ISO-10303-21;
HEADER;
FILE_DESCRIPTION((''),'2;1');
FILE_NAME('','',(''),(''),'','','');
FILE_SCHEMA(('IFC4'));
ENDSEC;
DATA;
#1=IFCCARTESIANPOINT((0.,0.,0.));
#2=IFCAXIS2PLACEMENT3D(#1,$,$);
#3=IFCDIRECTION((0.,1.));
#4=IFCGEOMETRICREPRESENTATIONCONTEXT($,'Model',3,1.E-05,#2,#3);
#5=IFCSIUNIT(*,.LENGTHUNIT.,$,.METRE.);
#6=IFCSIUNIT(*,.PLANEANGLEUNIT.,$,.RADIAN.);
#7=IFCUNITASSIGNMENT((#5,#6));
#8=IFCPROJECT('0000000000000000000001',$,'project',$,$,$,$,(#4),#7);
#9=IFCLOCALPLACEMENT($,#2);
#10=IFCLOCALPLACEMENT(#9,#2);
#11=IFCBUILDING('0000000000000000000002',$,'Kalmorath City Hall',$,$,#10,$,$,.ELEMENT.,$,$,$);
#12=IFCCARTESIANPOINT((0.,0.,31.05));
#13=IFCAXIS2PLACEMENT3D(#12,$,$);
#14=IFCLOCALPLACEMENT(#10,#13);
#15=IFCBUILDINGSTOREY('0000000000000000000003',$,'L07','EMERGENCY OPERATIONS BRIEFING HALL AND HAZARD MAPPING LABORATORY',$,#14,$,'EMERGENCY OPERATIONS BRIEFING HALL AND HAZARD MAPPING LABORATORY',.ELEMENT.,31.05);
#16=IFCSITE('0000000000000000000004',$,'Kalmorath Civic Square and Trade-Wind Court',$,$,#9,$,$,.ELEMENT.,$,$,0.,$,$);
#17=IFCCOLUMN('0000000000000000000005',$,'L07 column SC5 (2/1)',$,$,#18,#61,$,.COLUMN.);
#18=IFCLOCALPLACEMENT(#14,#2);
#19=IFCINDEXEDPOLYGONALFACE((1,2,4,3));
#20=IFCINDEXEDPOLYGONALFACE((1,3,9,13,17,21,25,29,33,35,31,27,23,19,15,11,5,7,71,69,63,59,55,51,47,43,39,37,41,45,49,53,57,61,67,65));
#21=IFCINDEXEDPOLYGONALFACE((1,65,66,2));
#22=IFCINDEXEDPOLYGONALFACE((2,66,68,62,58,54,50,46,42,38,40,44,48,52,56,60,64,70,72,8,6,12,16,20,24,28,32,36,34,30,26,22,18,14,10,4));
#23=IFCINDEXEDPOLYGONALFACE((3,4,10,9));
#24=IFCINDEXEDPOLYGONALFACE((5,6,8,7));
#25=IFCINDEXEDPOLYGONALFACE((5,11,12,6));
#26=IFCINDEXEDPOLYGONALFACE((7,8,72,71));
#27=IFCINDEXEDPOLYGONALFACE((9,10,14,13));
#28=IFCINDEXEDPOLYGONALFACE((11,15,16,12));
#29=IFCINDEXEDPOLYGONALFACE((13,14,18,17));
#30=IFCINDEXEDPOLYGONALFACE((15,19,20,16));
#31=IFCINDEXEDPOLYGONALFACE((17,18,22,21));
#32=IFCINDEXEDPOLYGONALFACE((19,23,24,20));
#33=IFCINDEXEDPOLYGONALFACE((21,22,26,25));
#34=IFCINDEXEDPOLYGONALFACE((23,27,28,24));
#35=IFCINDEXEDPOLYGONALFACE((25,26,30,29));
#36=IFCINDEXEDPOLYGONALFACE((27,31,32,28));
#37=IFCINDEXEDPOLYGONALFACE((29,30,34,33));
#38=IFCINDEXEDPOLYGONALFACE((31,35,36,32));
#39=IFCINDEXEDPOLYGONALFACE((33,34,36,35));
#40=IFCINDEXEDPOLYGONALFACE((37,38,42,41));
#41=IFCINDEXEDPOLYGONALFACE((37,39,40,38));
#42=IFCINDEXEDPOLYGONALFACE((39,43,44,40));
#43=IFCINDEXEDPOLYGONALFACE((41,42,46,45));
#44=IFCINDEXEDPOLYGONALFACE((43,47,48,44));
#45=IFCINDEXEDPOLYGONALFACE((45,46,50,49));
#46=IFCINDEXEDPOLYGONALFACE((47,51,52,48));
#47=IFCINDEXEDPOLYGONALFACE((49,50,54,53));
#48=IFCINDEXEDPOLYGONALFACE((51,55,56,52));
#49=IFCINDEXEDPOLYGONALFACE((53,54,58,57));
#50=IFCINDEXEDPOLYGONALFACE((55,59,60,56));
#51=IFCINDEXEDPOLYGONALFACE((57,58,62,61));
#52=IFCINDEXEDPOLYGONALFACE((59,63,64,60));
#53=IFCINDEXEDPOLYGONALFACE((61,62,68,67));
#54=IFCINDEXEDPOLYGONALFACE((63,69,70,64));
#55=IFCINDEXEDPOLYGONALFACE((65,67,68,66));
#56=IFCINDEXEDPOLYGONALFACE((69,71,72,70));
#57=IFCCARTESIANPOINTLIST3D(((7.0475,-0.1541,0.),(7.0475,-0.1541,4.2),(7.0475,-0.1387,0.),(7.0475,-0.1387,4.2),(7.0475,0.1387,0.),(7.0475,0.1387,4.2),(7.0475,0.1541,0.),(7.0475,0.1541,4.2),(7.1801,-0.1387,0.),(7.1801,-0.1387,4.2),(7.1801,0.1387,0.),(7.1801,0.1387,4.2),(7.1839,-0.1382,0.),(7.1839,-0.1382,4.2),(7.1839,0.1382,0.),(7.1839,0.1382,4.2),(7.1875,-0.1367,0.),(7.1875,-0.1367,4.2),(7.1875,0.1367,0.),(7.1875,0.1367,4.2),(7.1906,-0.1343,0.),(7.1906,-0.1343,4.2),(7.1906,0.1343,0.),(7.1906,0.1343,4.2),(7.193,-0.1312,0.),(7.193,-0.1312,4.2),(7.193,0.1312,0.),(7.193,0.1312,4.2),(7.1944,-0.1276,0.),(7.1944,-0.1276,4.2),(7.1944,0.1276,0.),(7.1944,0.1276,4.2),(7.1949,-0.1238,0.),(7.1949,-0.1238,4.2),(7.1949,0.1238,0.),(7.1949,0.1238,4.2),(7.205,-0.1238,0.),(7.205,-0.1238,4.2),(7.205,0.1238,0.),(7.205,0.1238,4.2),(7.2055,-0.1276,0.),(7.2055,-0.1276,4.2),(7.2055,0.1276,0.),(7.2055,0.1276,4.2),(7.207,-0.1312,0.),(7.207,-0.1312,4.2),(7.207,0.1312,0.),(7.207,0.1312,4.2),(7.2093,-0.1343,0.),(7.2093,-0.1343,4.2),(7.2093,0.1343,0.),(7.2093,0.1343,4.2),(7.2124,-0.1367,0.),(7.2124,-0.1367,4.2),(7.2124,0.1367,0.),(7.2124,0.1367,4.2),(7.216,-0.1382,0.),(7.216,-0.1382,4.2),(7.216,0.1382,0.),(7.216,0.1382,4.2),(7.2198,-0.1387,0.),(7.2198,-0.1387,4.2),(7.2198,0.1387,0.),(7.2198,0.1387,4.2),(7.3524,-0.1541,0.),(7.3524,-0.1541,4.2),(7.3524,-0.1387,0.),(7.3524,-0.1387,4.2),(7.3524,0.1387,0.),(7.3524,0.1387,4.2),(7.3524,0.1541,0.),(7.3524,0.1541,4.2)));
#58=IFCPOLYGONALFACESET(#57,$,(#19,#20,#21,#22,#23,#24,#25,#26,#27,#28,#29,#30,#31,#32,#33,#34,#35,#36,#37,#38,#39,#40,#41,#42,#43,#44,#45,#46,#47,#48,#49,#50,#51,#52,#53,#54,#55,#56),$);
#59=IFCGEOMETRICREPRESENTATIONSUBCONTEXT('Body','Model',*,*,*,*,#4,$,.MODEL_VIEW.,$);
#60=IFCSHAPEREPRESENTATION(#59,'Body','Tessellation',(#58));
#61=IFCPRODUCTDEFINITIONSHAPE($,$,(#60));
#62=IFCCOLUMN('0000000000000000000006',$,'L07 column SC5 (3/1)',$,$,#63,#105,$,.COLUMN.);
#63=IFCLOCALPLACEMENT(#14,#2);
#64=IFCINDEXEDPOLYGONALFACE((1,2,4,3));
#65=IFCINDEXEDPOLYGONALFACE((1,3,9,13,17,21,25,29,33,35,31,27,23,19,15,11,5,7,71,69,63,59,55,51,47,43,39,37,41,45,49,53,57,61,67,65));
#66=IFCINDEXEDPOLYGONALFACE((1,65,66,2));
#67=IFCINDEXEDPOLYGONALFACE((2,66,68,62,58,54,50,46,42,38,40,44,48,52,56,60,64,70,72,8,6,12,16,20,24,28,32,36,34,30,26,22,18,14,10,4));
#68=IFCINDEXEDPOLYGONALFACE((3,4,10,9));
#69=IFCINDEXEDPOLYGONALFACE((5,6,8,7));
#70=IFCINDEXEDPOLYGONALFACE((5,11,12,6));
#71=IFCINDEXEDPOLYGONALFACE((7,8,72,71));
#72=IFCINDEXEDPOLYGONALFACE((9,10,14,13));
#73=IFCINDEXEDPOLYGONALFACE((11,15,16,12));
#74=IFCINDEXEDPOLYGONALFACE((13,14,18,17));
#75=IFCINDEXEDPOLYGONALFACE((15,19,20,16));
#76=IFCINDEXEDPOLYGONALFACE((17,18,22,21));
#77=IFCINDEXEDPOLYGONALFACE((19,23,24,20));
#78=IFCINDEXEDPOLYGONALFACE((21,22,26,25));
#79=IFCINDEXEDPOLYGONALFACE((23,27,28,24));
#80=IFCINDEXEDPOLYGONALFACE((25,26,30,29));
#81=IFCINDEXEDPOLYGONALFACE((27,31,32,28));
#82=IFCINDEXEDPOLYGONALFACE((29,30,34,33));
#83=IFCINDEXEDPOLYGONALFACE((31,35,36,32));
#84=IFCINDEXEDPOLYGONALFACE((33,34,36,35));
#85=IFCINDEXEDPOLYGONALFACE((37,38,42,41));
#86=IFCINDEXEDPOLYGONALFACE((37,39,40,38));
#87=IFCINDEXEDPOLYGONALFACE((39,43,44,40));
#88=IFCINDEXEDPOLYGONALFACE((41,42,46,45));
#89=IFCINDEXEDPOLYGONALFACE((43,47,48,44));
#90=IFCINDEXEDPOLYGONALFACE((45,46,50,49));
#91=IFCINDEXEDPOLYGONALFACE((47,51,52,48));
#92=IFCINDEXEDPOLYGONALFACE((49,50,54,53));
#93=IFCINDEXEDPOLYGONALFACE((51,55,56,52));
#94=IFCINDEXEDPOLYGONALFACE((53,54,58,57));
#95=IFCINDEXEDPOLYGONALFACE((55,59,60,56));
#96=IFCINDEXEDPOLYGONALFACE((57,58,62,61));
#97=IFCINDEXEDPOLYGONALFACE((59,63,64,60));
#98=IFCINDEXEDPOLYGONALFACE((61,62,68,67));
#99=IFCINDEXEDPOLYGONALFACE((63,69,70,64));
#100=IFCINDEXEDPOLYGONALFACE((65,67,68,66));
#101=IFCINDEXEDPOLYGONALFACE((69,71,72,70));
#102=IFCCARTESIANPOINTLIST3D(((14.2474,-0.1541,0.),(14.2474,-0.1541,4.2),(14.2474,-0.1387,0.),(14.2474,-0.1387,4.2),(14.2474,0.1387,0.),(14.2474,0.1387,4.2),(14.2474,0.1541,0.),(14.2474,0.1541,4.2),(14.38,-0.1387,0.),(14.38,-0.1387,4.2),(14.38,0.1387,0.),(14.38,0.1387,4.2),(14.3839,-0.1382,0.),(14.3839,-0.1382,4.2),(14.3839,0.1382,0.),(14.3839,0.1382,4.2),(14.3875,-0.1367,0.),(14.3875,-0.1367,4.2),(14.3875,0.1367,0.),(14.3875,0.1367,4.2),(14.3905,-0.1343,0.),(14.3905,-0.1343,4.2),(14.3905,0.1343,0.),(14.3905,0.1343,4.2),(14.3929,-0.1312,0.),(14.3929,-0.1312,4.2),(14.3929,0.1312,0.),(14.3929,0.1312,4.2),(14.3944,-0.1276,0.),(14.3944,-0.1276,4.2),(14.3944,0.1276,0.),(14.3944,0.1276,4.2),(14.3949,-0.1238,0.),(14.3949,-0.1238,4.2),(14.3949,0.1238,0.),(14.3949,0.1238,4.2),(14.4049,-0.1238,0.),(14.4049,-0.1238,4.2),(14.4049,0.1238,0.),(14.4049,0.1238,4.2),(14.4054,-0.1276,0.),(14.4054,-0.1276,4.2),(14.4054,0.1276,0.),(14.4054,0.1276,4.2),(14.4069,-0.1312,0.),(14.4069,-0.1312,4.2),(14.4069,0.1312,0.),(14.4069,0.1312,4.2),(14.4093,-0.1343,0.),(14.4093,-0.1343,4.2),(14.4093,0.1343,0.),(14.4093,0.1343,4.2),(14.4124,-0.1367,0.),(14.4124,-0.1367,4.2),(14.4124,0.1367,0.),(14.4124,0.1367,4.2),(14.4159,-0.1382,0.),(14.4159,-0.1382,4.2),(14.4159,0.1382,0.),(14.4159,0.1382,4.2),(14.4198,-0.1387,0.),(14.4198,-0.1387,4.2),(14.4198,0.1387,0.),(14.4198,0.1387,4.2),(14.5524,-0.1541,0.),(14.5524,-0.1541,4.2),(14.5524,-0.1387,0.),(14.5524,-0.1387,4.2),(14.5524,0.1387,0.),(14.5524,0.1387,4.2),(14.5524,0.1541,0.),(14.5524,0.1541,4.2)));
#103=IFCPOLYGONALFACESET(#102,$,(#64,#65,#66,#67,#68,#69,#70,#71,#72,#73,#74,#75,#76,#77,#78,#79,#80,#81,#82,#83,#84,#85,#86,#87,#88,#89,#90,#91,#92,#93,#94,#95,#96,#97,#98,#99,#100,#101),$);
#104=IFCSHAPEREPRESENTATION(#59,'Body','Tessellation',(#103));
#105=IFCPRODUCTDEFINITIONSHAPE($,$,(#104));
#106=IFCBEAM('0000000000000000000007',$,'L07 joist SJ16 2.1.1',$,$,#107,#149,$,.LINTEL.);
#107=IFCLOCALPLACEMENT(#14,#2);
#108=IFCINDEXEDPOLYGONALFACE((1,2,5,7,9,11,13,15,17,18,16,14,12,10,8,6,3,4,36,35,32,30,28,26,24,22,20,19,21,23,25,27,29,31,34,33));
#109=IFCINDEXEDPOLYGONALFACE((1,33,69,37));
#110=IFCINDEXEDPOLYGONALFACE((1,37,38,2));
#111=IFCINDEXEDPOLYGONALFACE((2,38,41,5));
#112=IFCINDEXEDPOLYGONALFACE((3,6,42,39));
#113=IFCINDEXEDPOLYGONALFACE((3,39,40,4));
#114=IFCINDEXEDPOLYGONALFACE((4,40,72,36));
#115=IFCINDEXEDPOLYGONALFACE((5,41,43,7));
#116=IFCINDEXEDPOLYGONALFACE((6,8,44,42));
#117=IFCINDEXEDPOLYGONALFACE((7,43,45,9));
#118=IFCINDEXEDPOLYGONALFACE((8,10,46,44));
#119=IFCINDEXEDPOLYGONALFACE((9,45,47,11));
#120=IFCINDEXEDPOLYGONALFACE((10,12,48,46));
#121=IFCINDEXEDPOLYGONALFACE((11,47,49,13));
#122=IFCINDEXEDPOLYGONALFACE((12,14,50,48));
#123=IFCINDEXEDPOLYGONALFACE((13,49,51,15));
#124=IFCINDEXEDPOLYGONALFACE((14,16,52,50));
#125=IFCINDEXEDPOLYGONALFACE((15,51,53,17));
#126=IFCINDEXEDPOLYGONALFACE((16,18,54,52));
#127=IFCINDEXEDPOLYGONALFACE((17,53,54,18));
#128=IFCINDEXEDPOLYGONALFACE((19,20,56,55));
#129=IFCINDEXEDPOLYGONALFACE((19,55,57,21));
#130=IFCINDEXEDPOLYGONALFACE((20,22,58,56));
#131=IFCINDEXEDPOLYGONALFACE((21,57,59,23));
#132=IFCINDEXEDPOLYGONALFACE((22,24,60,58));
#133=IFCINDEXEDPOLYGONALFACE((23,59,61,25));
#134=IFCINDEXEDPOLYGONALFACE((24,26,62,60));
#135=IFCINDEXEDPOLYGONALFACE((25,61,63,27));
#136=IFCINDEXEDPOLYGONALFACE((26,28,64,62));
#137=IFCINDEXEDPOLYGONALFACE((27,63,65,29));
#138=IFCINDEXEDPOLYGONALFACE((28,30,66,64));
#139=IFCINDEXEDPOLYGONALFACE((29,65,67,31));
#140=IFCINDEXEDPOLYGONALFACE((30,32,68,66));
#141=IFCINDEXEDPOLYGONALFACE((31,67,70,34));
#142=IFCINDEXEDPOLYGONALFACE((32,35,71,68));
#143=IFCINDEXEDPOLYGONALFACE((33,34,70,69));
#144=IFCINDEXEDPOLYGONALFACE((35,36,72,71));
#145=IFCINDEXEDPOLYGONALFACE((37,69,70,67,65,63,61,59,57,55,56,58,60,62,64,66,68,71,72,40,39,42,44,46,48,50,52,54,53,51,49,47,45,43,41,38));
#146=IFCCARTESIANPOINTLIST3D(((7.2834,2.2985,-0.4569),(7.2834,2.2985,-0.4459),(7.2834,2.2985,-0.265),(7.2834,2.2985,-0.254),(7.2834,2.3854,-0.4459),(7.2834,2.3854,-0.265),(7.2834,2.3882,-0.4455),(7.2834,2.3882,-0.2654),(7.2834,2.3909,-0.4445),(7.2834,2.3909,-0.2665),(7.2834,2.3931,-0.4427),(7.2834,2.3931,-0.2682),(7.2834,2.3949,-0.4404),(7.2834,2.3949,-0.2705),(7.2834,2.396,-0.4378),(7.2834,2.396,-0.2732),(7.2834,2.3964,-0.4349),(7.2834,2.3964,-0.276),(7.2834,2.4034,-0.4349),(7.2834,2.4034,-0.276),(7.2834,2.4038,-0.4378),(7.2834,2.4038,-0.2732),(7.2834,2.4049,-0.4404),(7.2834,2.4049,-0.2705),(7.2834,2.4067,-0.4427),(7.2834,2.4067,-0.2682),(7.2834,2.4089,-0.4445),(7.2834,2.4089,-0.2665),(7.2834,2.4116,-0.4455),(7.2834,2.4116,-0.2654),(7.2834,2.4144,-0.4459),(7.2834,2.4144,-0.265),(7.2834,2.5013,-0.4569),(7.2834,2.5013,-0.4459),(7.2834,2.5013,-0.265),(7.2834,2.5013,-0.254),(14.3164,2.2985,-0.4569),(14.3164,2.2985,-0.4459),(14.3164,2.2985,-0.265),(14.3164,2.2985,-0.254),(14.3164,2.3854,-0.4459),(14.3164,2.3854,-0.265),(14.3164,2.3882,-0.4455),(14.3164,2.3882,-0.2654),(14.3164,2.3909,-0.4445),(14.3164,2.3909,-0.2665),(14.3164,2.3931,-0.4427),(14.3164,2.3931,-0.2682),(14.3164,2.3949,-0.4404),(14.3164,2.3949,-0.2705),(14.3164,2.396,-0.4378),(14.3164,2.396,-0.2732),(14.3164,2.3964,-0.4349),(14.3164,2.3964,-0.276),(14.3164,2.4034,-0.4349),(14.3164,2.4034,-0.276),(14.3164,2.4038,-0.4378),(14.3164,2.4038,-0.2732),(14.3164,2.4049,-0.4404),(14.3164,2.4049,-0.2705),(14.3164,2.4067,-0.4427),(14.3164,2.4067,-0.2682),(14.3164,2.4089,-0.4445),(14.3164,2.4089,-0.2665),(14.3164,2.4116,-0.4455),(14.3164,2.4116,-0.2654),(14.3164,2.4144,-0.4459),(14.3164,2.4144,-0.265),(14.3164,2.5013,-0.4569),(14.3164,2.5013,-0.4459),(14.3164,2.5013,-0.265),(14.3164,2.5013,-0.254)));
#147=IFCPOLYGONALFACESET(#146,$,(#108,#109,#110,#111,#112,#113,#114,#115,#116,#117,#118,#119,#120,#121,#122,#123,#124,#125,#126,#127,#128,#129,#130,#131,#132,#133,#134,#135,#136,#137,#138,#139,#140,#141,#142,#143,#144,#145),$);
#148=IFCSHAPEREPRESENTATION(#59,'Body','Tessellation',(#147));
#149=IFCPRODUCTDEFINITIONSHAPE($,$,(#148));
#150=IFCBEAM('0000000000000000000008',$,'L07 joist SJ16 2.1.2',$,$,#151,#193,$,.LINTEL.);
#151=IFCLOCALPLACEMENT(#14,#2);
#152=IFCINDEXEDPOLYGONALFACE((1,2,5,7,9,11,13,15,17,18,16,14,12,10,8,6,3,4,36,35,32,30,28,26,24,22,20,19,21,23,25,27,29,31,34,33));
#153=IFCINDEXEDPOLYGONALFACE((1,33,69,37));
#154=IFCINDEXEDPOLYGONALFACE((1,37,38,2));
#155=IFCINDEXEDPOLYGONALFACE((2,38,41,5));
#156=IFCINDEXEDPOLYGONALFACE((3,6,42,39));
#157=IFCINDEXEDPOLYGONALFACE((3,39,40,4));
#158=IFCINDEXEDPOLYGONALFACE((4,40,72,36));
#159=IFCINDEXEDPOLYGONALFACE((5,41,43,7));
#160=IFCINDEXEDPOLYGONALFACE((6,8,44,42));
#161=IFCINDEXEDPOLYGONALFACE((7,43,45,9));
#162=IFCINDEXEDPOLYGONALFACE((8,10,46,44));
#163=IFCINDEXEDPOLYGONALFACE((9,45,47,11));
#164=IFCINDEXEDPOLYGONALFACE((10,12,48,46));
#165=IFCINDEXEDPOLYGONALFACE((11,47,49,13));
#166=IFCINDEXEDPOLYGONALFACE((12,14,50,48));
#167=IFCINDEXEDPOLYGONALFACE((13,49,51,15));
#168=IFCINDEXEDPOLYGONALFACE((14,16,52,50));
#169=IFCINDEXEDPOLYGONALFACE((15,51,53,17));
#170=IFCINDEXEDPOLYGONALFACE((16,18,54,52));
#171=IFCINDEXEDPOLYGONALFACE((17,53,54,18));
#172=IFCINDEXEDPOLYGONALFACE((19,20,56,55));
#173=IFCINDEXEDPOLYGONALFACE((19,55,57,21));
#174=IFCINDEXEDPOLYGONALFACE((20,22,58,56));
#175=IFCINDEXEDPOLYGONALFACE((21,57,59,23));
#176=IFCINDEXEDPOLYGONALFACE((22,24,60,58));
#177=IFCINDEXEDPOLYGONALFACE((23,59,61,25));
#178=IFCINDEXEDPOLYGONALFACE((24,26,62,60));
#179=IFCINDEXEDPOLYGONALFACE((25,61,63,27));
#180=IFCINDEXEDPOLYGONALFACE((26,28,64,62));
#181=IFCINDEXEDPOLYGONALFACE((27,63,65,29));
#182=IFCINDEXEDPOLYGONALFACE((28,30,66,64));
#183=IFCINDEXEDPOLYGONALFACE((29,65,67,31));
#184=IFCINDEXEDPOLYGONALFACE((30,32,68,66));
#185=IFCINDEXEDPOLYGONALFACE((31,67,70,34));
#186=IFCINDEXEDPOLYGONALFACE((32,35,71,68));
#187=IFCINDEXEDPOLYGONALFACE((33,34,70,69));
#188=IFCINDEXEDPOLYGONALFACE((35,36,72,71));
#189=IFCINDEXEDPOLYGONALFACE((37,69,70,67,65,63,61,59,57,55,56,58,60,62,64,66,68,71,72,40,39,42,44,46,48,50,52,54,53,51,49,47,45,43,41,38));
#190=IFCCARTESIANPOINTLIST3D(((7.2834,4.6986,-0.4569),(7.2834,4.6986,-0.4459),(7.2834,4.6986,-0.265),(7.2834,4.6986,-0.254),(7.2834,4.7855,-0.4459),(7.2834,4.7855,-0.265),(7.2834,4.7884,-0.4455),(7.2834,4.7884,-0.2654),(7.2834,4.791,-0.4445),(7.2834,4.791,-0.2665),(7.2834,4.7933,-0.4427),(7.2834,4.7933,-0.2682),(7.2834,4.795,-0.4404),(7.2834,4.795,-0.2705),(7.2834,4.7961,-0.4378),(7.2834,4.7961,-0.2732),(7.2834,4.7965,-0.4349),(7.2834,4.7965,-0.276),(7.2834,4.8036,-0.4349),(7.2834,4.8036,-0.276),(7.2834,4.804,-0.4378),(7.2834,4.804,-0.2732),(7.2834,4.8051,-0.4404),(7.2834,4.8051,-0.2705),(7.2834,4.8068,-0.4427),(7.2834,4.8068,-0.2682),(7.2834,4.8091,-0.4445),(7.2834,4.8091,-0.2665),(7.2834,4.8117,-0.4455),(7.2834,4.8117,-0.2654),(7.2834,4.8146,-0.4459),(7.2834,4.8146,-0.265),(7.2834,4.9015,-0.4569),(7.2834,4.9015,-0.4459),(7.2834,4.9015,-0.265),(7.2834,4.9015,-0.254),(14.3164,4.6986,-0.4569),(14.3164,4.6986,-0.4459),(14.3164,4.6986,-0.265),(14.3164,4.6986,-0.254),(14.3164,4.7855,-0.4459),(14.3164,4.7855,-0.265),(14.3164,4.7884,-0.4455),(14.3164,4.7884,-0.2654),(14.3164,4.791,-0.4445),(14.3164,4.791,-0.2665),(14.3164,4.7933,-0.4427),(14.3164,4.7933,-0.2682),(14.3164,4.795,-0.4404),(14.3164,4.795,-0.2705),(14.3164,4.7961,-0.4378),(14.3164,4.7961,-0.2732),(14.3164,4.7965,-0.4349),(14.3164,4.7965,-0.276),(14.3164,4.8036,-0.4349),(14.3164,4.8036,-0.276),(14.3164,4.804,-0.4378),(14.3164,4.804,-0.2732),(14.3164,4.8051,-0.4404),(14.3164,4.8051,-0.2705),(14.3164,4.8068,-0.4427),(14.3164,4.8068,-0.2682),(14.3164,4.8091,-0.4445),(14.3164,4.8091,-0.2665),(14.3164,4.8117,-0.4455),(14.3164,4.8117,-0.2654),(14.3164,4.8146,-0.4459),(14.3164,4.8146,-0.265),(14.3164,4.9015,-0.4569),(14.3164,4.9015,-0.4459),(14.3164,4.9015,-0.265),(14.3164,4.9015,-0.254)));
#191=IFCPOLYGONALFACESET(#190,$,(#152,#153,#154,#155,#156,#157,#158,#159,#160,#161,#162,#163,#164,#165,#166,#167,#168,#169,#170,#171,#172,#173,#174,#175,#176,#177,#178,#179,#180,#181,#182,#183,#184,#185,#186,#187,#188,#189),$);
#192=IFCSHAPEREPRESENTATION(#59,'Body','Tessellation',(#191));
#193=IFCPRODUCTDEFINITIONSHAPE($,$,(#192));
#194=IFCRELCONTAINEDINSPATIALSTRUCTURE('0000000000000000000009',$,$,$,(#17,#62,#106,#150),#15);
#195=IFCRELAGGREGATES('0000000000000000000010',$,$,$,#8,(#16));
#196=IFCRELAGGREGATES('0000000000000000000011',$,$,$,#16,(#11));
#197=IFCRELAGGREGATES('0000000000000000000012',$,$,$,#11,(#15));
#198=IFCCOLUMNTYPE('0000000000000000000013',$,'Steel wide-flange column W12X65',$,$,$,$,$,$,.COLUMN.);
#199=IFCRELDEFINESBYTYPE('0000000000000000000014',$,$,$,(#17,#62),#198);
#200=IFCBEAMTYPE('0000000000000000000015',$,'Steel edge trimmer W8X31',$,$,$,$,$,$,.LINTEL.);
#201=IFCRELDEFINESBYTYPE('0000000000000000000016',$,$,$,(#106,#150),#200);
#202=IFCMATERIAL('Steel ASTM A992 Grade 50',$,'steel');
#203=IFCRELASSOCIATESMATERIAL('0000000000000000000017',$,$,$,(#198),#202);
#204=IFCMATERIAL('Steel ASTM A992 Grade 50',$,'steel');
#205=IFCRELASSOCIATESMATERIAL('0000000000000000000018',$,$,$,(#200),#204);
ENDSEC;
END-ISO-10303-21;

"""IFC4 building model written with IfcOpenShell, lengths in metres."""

from ifc_helpers import new_model, si_unit, direction, frame, origin, origin_2d, place, context, subcontext, project, spatial, i_section, extrude, material, material_profile, profile_set, type_object, element, save


model = new_model("IFC4")

# Units and contexts
model_context = context("Model", 3, precision=1e-05, world=origin(), true_north=direction((0.0, 1.0)))
body_context = subcontext(model_context, "Body", "Model", "MODEL_VIEW")
ifc_project = project(units=[si_unit("LENGTHUNIT", "METRE"), si_unit("PLANEANGLEUNIT", "RADIAN")], contexts=[model_context])

# Site, building, storey
site_placement = place(None, origin())
site = spatial("IfcSite", under=ifc_project, at=site_placement, Name="Kalmorath Civic Square and Trade-Wind Court", CompositionType="ELEMENT", RefElevation=0.0)
building_placement = place(site_placement, origin())
building = spatial("IfcBuilding", under=site, at=building_placement, Name="Kalmorath City Hall", CompositionType="ELEMENT")
storey_placement = place(building_placement, frame((0.0, 0.0, 31.05)))
storey = spatial("IfcBuildingStorey", under=building, at=storey_placement, Name="L07", Description="EMERGENCY OPERATIONS BRIEFING HALL AND HAZARD MAPPING LABORATORY", LongName="EMERGENCY OPERATIONS BRIEFING HALL AND HAZARD MAPPING LABORATORY", CompositionType="ELEMENT", Elevation=31.05)

# Columns
ifc_material_1 = material(Name="Steel ASTM A992 Grade 50", Category="steel")
ifc_material_profile_1 = material_profile(ifc_material_1, i_section(OverallWidth=0.3049, OverallDepth=0.3081, WebThickness=0.01, FlangeThickness=0.0154, FilletRadius=0.0149, at=origin_2d()), Name="W12X65")
ifc_profile_set_1 = profile_set([ifc_material_profile_1], Name="Steel ASTM A992 Grade 50")
column_type = type_object("IfcColumnType", Name="Steel wide-flange column W12X65", PredefinedType="COLUMN", material=ifc_profile_set_1)
for number, where, z_axis, x_axis, name in (
    (1, (7.2, 0.0, 0.0), (0.0, 0.0, 1.0), (1.0, 0.0, 0.0), "L07 column SC5 (2/1)"),
    (2, (14.3999, 0.0, 0.0), (0.0, 0.0, 1.0), (1.0, 0.0, 0.0), "L07 column SC5 (3/1)"),
):
    element("IfcColumn", number, at=place(storey_placement, frame(where, z_axis=z_axis, x_axis=x_axis)), inside=storey, type_object=column_type, Name=name, PredefinedType="COLUMN", context=body_context, shape_type="SweptSolid", body=[
        extrude(i_section(OverallWidth=0.3049, OverallDepth=0.3081, WebThickness=0.01, FlangeThickness=0.0154, FilletRadius=0.0149, at=origin_2d()), origin(), (0.0, 0.0, 1.0), 4.2),
    ])

# Beams
ifc_material_2 = material(Name="Steel ASTM A992 Grade 50", Category="steel")
ifc_material_profile_2 = material_profile(ifc_material_2, i_section(OverallWidth=0.2029, OverallDepth=0.2029, WebThickness=0.0071, FlangeThickness=0.011, FilletRadius=0.011, at=origin_2d()), Name="W8X31")
ifc_profile_set_2 = profile_set([ifc_material_profile_2], Name="Steel ASTM A992 Grade 50")
beam_type_1 = type_object("IfcBeamType", Name="Steel edge trimmer W8X31", PredefinedType="LINTEL", material=ifc_profile_set_2)
for number, where, z_axis, x_axis, name in (
    (3, (7.2834, 2.3999, -0.3555), (1.0, 0.0, 0.0), (0.0, 1.0, 0.0), "L07 joist SJ16 2.1.1"),
    (4, (7.2834, 4.8, -0.3555), (1.0, 0.0, 0.0), (0.0, 1.0, 0.0), "L07 joist SJ16 2.1.2"),
):
    element("IfcBeam", number, at=place(storey_placement, frame(where, z_axis=z_axis, x_axis=x_axis)), inside=storey, type_object=beam_type_1, Name=name, PredefinedType="LINTEL", context=body_context, shape_type="SweptSolid", body=[
        extrude(i_section(OverallWidth=0.2029, OverallDepth=0.2029, WebThickness=0.0071, FlangeThickness=0.011, FilletRadius=0.011, at=origin_2d()), origin(), (0.0, 0.0, 1.0), 7.033),
    ])

save(model, "model.ifc")
